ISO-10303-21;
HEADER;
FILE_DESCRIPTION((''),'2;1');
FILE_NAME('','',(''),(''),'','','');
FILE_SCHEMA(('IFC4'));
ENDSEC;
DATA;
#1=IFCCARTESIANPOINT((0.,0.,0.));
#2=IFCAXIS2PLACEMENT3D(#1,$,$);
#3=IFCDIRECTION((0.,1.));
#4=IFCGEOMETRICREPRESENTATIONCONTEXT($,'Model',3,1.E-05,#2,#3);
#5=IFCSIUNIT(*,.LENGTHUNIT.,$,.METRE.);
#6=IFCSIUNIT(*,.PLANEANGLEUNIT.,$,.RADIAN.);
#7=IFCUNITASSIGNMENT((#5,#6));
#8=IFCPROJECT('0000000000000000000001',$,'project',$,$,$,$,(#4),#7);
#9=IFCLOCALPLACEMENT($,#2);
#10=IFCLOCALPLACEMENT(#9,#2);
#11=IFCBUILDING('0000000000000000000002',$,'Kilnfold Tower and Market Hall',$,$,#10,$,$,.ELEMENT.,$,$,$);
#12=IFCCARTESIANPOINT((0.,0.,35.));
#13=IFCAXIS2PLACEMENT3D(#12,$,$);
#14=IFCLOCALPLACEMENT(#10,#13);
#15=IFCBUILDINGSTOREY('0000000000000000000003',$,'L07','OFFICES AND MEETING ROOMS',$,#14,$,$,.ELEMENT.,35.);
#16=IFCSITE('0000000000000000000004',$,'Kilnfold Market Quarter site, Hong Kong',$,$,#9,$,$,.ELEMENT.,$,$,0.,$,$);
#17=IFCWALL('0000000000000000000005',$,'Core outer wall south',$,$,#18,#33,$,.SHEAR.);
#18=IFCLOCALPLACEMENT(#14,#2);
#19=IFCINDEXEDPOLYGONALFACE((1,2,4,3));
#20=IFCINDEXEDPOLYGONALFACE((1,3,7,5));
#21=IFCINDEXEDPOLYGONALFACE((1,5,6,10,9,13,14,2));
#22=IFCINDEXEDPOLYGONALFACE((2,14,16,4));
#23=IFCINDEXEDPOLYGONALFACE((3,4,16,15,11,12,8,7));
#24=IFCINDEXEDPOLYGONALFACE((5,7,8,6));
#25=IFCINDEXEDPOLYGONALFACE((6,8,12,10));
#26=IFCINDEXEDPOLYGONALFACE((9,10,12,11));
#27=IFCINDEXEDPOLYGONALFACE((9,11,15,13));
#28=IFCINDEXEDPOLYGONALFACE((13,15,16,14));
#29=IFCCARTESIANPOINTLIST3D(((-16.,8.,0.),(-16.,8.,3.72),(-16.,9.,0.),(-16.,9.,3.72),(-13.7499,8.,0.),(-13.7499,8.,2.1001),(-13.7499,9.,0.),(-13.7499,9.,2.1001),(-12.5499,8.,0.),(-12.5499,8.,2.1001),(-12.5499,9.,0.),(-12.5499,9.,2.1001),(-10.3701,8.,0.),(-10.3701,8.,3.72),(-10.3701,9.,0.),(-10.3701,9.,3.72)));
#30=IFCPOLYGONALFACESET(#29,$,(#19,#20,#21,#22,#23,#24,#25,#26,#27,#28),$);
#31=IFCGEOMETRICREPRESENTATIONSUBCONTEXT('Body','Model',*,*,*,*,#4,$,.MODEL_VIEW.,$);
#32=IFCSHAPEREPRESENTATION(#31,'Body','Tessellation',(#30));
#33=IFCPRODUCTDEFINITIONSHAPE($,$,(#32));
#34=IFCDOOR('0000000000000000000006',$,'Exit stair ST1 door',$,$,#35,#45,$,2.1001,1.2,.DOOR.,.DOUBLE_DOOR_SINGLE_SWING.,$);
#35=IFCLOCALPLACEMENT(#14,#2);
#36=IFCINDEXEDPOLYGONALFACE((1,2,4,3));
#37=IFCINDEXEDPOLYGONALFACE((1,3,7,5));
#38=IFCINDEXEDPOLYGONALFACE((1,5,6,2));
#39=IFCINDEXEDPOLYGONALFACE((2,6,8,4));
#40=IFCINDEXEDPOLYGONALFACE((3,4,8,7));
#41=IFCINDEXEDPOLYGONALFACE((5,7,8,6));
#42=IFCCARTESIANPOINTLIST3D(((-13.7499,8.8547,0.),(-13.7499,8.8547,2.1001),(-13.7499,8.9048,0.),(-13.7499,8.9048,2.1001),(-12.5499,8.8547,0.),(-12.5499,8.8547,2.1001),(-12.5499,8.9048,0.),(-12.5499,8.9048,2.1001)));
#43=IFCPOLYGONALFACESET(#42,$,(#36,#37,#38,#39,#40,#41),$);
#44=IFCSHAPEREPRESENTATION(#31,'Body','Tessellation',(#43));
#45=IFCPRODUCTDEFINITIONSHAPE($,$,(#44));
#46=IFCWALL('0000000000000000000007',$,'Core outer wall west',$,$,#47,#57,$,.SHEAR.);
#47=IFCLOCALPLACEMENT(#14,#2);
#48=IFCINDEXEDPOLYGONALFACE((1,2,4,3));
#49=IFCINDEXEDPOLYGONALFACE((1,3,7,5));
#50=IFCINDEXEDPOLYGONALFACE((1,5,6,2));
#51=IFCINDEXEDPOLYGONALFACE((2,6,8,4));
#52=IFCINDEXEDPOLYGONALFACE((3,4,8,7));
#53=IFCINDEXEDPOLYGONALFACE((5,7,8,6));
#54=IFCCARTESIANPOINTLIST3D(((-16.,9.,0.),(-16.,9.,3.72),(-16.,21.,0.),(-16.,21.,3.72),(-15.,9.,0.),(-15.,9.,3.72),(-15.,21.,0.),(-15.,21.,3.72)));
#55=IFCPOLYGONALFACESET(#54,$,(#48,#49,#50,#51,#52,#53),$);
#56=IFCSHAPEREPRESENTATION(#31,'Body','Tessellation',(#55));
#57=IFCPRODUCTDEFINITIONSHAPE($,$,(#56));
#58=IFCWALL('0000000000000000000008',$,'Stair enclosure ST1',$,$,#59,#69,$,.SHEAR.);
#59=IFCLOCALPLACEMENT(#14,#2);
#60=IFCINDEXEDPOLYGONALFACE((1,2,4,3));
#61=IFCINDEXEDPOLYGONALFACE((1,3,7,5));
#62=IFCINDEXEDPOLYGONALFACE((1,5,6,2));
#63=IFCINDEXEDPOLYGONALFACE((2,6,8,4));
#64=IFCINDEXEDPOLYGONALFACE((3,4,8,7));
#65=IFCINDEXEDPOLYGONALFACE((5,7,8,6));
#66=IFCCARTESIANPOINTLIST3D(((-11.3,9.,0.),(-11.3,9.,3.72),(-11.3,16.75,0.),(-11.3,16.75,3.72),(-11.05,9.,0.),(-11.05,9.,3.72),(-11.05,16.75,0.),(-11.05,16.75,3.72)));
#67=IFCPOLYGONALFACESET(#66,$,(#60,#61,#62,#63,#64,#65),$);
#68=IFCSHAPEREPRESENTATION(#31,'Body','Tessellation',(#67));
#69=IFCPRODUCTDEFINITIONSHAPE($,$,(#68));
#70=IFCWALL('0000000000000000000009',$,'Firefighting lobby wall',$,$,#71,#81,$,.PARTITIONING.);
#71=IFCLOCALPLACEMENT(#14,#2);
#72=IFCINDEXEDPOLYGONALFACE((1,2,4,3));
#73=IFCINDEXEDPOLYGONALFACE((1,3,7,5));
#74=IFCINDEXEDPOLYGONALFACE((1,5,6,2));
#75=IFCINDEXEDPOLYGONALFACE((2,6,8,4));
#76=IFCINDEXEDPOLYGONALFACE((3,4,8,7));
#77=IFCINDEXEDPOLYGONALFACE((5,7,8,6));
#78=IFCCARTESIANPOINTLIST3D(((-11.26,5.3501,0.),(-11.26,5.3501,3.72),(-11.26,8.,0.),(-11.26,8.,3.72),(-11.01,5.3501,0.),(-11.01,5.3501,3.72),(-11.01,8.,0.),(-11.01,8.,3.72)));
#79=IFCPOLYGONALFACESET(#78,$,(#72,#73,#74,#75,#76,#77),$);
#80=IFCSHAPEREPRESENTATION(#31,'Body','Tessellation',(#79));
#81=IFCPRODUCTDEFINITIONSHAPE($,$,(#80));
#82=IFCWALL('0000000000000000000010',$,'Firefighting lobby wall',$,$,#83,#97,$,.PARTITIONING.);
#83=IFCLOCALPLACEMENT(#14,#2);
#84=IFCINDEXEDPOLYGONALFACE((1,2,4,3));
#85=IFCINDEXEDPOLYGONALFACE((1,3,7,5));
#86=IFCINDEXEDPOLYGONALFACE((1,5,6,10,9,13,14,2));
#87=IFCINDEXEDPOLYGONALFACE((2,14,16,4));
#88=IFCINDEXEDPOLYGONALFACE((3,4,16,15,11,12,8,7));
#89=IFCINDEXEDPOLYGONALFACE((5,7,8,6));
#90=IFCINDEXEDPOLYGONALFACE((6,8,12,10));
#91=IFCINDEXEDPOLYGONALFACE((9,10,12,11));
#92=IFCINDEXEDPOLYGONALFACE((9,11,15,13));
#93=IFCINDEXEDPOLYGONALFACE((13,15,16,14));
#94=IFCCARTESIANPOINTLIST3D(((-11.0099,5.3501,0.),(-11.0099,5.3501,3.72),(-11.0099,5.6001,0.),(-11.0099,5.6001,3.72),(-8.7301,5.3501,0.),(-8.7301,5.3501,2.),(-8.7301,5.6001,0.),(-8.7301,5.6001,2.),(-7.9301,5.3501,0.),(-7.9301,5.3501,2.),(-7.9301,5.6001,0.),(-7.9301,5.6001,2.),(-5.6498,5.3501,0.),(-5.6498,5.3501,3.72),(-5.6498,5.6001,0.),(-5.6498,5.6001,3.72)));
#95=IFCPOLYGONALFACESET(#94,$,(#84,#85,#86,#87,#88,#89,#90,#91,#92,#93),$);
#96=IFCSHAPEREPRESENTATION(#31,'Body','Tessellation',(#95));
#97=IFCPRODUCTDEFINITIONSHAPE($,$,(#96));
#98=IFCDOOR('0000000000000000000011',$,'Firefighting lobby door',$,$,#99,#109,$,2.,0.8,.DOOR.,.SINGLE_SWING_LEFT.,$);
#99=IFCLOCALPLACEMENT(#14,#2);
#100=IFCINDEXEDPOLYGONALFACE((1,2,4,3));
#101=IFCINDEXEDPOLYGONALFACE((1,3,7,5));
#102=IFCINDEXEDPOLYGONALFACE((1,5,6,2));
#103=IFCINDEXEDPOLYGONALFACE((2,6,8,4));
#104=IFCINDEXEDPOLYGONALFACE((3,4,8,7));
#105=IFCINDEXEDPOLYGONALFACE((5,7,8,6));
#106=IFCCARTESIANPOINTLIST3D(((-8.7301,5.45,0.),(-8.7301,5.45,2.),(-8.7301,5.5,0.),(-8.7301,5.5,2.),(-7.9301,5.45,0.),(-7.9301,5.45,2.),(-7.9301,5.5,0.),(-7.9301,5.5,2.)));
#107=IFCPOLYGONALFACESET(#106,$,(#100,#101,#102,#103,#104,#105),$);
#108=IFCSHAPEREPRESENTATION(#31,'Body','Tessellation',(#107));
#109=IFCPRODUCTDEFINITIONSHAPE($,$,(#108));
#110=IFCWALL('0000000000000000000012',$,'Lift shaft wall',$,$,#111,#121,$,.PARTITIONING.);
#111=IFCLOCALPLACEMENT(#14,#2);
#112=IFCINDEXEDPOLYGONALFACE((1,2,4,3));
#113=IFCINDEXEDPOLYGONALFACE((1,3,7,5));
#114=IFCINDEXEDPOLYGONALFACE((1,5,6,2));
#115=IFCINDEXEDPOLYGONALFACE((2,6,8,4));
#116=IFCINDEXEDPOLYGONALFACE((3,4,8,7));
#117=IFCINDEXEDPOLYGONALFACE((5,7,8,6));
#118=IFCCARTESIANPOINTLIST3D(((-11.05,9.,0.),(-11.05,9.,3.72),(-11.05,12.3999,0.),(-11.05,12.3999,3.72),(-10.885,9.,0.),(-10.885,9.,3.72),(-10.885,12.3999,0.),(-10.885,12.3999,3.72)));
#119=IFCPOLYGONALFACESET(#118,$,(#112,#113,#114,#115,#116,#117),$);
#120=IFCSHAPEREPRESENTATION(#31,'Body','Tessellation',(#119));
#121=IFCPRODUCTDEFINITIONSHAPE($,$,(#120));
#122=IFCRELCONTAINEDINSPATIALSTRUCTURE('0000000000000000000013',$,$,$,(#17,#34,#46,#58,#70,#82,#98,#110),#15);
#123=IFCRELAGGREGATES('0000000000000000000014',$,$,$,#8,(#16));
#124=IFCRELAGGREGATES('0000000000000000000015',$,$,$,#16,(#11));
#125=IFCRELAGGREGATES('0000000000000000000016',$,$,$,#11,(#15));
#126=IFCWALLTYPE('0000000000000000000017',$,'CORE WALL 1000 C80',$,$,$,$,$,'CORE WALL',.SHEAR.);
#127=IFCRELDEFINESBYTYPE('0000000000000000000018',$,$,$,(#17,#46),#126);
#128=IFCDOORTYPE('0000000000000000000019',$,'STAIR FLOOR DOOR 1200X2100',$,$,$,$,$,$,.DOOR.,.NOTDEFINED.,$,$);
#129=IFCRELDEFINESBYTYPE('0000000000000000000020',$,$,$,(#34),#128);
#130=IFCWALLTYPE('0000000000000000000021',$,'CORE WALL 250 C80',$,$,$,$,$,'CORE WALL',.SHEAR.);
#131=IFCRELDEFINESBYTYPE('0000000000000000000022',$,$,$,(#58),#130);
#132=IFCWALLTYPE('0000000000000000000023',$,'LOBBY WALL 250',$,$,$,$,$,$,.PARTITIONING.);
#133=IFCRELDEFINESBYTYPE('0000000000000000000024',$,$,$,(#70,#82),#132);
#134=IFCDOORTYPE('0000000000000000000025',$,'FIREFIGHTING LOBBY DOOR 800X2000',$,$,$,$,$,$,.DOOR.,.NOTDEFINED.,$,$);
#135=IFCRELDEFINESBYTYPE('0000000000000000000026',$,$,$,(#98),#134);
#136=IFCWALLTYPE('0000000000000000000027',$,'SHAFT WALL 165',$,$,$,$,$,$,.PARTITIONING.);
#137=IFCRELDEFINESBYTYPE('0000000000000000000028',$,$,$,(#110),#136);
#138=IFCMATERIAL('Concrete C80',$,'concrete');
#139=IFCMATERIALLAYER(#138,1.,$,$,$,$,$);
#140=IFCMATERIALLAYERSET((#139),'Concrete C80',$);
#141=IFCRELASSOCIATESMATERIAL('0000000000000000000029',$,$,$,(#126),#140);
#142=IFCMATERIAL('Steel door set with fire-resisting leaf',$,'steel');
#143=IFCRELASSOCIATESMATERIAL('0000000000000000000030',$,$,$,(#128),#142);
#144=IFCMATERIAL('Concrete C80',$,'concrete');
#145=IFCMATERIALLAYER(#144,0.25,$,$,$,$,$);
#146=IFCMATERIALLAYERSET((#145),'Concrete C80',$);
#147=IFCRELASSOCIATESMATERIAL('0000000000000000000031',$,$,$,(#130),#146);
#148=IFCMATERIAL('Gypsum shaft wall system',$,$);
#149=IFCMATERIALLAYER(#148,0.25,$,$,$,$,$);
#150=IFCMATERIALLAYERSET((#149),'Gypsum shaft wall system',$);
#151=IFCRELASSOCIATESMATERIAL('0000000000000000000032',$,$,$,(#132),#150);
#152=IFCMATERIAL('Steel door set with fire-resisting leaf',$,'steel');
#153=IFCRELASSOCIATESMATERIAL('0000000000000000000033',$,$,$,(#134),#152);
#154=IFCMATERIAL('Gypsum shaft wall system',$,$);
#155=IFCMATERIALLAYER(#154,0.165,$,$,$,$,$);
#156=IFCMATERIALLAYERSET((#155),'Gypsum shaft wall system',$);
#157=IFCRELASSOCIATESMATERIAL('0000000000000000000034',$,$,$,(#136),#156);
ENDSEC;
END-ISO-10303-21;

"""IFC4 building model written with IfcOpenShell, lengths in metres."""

from ifc_helpers import new_model, si_unit, direction, frame, frame_2d, origin, place, context, subcontext, project, spatial, rectangle, extrude, source, transform, mapped, material, layer, layer_set, type_object, element, fill, save


model = new_model("IFC4")

# Units and contexts
model_context = context("Model", 3, precision=1e-05, world=origin(), true_north=direction((0.0, 1.0)))
body_context = subcontext(model_context, "Body", "Model", "MODEL_VIEW")
ifc_project = project(units=[si_unit("LENGTHUNIT", "METRE"), si_unit("PLANEANGLEUNIT", "RADIAN")], contexts=[model_context])

# Site, building, storey
site_placement = place(None, origin())
site = spatial("IfcSite", under=ifc_project, at=site_placement, Name="Kilnfold Market Quarter site, Hong Kong", CompositionType="ELEMENT", RefElevation=0.0)
building_placement = place(site_placement, origin())
building = spatial("IfcBuilding", under=site, at=building_placement, Name="Kilnfold Tower and Market Hall", CompositionType="ELEMENT")
storey_placement = place(building_placement, frame((0.0, 0.0, 35.0)))
storey = spatial("IfcBuildingStorey", under=building, at=storey_placement, Name="L07", Description="OFFICES AND MEETING ROOMS", CompositionType="ELEMENT", Elevation=35.0)

# Wall, opening, door
ifc_material_1 = material(Name="Concrete C80", Category="concrete")
ifc_layer_1 = layer(ifc_material_1, 1.0)
ifc_layer_set_1 = layer_set([ifc_layer_1], Name="Concrete C80")
wall_type_1 = type_object("IfcWallType", Name="CORE WALL 1000 C80", ElementType="CORE WALL", PredefinedType="SHEAR", material=ifc_layer_set_1)
shared_shape_1 = source(origin(), body_context, "Body", "SweptSolid", [
    extrude(rectangle(XDim=5.6299, YDim=1.0, at=frame_2d((2.8149, 0.0))), origin(), (0.0, 0.0, 1.0), 3.72),
])
wall_1_placement = place(storey_placement, frame((-16.0, 8.5, 0.0), z_axis=(0.0, 0.0, 1.0), x_axis=(1.0, 0.0, 0.0)))
wall_1 = element("IfcWall", 1, at=wall_1_placement, inside=storey, type_object=wall_type_1, Name="Core outer wall south", PredefinedType="SHEAR", context=body_context, shape_type="MappedRepresentation", body=[
    mapped(shared_shape_1, transform((0.0, 0.0, 0.0))),
])
opening_1_placement = place(wall_1_placement, frame((2.25, 0.0, 0.0)))
opening_1 = element("IfcOpeningElement", 2, at=opening_1_placement, cuts=wall_1, PredefinedType="OPENING", context=body_context, shape_type="SweptSolid", body=[
    extrude(rectangle(XDim=1.2, YDim=2.1001, at=frame_2d((0.6001, 1.05))), frame((0.0, 0.51, 0.0), z_axis=(0.0, -1.0, 0.0), x_axis=(1.0, 0.0, 0.0)), (0.0, 0.0, 1.0), 1.02),
])
ifc_material_2 = material(Name="Steel door set with fire-resisting leaf", Category="steel")
door_type_1 = type_object("IfcDoorType", Name="STAIR FLOOR DOOR 1200X2100", OperationType="NOTDEFINED", PredefinedType="DOOR", material=ifc_material_2)
door_1_placement = place(opening_1_placement, origin())
door_1 = element("IfcDoor", 3, at=door_1_placement, inside=storey, type_object=door_type_1, Name="Exit stair ST1 door", OperationType="DOUBLE_DOOR_SINGLE_SWING", OverallHeight=2.1001, OverallWidth=1.2, PredefinedType="DOOR", context=body_context, shape_type="SweptSolid", body=[
    extrude(rectangle(XDim=1.2, YDim=2.1001, at=frame_2d((0.6001, 1.05))), frame((0.0, 0.4048, 0.0), z_axis=(0.0, -1.0, 0.0), x_axis=(1.0, 0.0, 0.0)), (0.0, 0.0, 1.0), 0.05),
])
fill(opening_1, door_1)

# Walls
shared_shape_2 = source(origin(), body_context, "Body", "SweptSolid", [
    extrude(rectangle(XDim=12.0, YDim=1.0, at=frame_2d((6.0, 0.0))), origin(), (0.0, 0.0, 1.0), 3.72),
])
wall_2_placement = place(storey_placement, frame((-15.5, 9.0, 0.0), z_axis=(0.0, 0.0, 1.0), x_axis=(0.0, 1.0, 0.0)))
element("IfcWall", 4, at=wall_2_placement, inside=storey, type_object=wall_type_1, Name="Core outer wall west", PredefinedType="SHEAR", context=body_context, shape_type="MappedRepresentation", body=[
    mapped(shared_shape_2, transform((0.0, 0.0, 0.0))),
])
ifc_material_3 = material(Name="Concrete C80", Category="concrete")
ifc_layer_2 = layer(ifc_material_3, 0.25)
ifc_layer_set_2 = layer_set([ifc_layer_2], Name="Concrete C80")
wall_type_2 = type_object("IfcWallType", Name="CORE WALL 250 C80", ElementType="CORE WALL", PredefinedType="SHEAR", material=ifc_layer_set_2)
shared_shape_3 = source(origin(), body_context, "Body", "SweptSolid", [
    extrude(rectangle(XDim=7.75, YDim=0.25, at=frame_2d((3.875, 0.0))), origin(), (0.0, 0.0, 1.0), 3.72),
])
wall_3_placement = place(storey_placement, frame((-11.175, 9.0, 0.0), z_axis=(0.0, 0.0, 1.0), x_axis=(0.0, 1.0, 0.0)))
element("IfcWall", 5, at=wall_3_placement, inside=storey, type_object=wall_type_2, Name="Stair enclosure ST1", PredefinedType="SHEAR", context=body_context, shape_type="MappedRepresentation", body=[
    mapped(shared_shape_3, transform((0.0, 0.0, 0.0))),
])
ifc_material_4 = material(Name="Gypsum shaft wall system")
ifc_layer_3 = layer(ifc_material_4, 0.25)
ifc_layer_set_3 = layer_set([ifc_layer_3], Name="Gypsum shaft wall system")
wall_type_3 = type_object("IfcWallType", Name="LOBBY WALL 250", PredefinedType="PARTITIONING", material=ifc_layer_set_3)
shared_shape_4 = source(origin(), body_context, "Body", "SweptSolid", [
    extrude(rectangle(XDim=2.6499, YDim=0.25, at=frame_2d((1.325, 0.0))), origin(), (0.0, 0.0, 1.0), 3.72),
])
wall_4_placement = place(storey_placement, frame((-11.135, 5.3501, 0.0), z_axis=(0.0, 0.0, 1.0), x_axis=(0.0, 1.0, 0.0)))
element("IfcWall", 6, at=wall_4_placement, inside=storey, type_object=wall_type_3, Name="Firefighting lobby wall", PredefinedType="PARTITIONING", context=body_context, shape_type="MappedRepresentation", body=[
    mapped(shared_shape_4, transform((0.0, 0.0, 0.0))),
])

# Wall, opening, door
shared_shape_5 = source(origin(), body_context, "Body", "SweptSolid", [
    extrude(rectangle(XDim=5.3601, YDim=0.25, at=frame_2d((2.6802, 0.0))), origin(), (0.0, 0.0, 1.0), 3.72),
])
wall_5_placement = place(storey_placement, frame((-11.01, 5.4751, 0.0), z_axis=(0.0, 0.0, 1.0), x_axis=(1.0, 0.0, 0.0)))
wall_5 = element("IfcWall", 7, at=wall_5_placement, inside=storey, type_object=wall_type_3, Name="Firefighting lobby wall", PredefinedType="PARTITIONING", context=body_context, shape_type="MappedRepresentation", body=[
    mapped(shared_shape_5, transform((0.0, 0.0, 0.0))),
])
opening_2_placement = place(wall_5_placement, frame((2.28, 0.0, 0.0)))
opening_2 = element("IfcOpeningElement", 8, at=opening_2_placement, cuts=wall_5, PredefinedType="OPENING", context=body_context, shape_type="SweptSolid", body=[
    extrude(rectangle(XDim=0.8, YDim=2.0, at=frame_2d((0.3999, 1.0))), frame((0.0, 0.135, 0.0), z_axis=(0.0, -1.0, 0.0), x_axis=(1.0, 0.0, 0.0)), (0.0, 0.0, 1.0), 0.27),
])
ifc_material_5 = material(Name="Steel door set with fire-resisting leaf", Category="steel")
door_type_2 = type_object("IfcDoorType", Name="FIREFIGHTING LOBBY DOOR 800X2000", OperationType="NOTDEFINED", PredefinedType="DOOR", material=ifc_material_5)
door_2_placement = place(opening_2_placement, origin())
door_2 = element("IfcDoor", 9, at=door_2_placement, inside=storey, type_object=door_type_2, Name="Firefighting lobby door", OperationType="SINGLE_SWING_LEFT", OverallHeight=2.0, OverallWidth=0.8, PredefinedType="DOOR", context=body_context, shape_type="SweptSolid", body=[
    extrude(rectangle(XDim=0.8, YDim=2.0, at=frame_2d((0.3999, 1.0))), frame((0.0, 0.0249, 0.0), z_axis=(0.0, -1.0, 0.0), x_axis=(1.0, 0.0, 0.0)), (0.0, 0.0, 1.0), 0.05),
])
fill(opening_2, door_2)

# Wall
ifc_material_6 = material(Name="Gypsum shaft wall system")
ifc_layer_4 = layer(ifc_material_6, 0.165)
ifc_layer_set_4 = layer_set([ifc_layer_4], Name="Gypsum shaft wall system")
wall_type_4 = type_object("IfcWallType", Name="SHAFT WALL 165", PredefinedType="PARTITIONING", material=ifc_layer_set_4)
shared_shape_6 = source(origin(), body_context, "Body", "SweptSolid", [
    extrude(rectangle(XDim=3.3999, YDim=0.165, at=frame_2d((1.7, 0.0))), origin(), (0.0, 0.0, 1.0), 3.72),
])
wall_6_placement = place(storey_placement, frame((-10.9675, 9.0, 0.0), z_axis=(0.0, 0.0, 1.0), x_axis=(0.0, 1.0, 0.0)))
element("IfcWall", 10, at=wall_6_placement, inside=storey, type_object=wall_type_4, Name="Lift shaft wall", PredefinedType="PARTITIONING", context=body_context, shape_type="MappedRepresentation", body=[
    mapped(shared_shape_6, transform((0.0, 0.0, 0.0))),
])

save(model, "model.ifc")
